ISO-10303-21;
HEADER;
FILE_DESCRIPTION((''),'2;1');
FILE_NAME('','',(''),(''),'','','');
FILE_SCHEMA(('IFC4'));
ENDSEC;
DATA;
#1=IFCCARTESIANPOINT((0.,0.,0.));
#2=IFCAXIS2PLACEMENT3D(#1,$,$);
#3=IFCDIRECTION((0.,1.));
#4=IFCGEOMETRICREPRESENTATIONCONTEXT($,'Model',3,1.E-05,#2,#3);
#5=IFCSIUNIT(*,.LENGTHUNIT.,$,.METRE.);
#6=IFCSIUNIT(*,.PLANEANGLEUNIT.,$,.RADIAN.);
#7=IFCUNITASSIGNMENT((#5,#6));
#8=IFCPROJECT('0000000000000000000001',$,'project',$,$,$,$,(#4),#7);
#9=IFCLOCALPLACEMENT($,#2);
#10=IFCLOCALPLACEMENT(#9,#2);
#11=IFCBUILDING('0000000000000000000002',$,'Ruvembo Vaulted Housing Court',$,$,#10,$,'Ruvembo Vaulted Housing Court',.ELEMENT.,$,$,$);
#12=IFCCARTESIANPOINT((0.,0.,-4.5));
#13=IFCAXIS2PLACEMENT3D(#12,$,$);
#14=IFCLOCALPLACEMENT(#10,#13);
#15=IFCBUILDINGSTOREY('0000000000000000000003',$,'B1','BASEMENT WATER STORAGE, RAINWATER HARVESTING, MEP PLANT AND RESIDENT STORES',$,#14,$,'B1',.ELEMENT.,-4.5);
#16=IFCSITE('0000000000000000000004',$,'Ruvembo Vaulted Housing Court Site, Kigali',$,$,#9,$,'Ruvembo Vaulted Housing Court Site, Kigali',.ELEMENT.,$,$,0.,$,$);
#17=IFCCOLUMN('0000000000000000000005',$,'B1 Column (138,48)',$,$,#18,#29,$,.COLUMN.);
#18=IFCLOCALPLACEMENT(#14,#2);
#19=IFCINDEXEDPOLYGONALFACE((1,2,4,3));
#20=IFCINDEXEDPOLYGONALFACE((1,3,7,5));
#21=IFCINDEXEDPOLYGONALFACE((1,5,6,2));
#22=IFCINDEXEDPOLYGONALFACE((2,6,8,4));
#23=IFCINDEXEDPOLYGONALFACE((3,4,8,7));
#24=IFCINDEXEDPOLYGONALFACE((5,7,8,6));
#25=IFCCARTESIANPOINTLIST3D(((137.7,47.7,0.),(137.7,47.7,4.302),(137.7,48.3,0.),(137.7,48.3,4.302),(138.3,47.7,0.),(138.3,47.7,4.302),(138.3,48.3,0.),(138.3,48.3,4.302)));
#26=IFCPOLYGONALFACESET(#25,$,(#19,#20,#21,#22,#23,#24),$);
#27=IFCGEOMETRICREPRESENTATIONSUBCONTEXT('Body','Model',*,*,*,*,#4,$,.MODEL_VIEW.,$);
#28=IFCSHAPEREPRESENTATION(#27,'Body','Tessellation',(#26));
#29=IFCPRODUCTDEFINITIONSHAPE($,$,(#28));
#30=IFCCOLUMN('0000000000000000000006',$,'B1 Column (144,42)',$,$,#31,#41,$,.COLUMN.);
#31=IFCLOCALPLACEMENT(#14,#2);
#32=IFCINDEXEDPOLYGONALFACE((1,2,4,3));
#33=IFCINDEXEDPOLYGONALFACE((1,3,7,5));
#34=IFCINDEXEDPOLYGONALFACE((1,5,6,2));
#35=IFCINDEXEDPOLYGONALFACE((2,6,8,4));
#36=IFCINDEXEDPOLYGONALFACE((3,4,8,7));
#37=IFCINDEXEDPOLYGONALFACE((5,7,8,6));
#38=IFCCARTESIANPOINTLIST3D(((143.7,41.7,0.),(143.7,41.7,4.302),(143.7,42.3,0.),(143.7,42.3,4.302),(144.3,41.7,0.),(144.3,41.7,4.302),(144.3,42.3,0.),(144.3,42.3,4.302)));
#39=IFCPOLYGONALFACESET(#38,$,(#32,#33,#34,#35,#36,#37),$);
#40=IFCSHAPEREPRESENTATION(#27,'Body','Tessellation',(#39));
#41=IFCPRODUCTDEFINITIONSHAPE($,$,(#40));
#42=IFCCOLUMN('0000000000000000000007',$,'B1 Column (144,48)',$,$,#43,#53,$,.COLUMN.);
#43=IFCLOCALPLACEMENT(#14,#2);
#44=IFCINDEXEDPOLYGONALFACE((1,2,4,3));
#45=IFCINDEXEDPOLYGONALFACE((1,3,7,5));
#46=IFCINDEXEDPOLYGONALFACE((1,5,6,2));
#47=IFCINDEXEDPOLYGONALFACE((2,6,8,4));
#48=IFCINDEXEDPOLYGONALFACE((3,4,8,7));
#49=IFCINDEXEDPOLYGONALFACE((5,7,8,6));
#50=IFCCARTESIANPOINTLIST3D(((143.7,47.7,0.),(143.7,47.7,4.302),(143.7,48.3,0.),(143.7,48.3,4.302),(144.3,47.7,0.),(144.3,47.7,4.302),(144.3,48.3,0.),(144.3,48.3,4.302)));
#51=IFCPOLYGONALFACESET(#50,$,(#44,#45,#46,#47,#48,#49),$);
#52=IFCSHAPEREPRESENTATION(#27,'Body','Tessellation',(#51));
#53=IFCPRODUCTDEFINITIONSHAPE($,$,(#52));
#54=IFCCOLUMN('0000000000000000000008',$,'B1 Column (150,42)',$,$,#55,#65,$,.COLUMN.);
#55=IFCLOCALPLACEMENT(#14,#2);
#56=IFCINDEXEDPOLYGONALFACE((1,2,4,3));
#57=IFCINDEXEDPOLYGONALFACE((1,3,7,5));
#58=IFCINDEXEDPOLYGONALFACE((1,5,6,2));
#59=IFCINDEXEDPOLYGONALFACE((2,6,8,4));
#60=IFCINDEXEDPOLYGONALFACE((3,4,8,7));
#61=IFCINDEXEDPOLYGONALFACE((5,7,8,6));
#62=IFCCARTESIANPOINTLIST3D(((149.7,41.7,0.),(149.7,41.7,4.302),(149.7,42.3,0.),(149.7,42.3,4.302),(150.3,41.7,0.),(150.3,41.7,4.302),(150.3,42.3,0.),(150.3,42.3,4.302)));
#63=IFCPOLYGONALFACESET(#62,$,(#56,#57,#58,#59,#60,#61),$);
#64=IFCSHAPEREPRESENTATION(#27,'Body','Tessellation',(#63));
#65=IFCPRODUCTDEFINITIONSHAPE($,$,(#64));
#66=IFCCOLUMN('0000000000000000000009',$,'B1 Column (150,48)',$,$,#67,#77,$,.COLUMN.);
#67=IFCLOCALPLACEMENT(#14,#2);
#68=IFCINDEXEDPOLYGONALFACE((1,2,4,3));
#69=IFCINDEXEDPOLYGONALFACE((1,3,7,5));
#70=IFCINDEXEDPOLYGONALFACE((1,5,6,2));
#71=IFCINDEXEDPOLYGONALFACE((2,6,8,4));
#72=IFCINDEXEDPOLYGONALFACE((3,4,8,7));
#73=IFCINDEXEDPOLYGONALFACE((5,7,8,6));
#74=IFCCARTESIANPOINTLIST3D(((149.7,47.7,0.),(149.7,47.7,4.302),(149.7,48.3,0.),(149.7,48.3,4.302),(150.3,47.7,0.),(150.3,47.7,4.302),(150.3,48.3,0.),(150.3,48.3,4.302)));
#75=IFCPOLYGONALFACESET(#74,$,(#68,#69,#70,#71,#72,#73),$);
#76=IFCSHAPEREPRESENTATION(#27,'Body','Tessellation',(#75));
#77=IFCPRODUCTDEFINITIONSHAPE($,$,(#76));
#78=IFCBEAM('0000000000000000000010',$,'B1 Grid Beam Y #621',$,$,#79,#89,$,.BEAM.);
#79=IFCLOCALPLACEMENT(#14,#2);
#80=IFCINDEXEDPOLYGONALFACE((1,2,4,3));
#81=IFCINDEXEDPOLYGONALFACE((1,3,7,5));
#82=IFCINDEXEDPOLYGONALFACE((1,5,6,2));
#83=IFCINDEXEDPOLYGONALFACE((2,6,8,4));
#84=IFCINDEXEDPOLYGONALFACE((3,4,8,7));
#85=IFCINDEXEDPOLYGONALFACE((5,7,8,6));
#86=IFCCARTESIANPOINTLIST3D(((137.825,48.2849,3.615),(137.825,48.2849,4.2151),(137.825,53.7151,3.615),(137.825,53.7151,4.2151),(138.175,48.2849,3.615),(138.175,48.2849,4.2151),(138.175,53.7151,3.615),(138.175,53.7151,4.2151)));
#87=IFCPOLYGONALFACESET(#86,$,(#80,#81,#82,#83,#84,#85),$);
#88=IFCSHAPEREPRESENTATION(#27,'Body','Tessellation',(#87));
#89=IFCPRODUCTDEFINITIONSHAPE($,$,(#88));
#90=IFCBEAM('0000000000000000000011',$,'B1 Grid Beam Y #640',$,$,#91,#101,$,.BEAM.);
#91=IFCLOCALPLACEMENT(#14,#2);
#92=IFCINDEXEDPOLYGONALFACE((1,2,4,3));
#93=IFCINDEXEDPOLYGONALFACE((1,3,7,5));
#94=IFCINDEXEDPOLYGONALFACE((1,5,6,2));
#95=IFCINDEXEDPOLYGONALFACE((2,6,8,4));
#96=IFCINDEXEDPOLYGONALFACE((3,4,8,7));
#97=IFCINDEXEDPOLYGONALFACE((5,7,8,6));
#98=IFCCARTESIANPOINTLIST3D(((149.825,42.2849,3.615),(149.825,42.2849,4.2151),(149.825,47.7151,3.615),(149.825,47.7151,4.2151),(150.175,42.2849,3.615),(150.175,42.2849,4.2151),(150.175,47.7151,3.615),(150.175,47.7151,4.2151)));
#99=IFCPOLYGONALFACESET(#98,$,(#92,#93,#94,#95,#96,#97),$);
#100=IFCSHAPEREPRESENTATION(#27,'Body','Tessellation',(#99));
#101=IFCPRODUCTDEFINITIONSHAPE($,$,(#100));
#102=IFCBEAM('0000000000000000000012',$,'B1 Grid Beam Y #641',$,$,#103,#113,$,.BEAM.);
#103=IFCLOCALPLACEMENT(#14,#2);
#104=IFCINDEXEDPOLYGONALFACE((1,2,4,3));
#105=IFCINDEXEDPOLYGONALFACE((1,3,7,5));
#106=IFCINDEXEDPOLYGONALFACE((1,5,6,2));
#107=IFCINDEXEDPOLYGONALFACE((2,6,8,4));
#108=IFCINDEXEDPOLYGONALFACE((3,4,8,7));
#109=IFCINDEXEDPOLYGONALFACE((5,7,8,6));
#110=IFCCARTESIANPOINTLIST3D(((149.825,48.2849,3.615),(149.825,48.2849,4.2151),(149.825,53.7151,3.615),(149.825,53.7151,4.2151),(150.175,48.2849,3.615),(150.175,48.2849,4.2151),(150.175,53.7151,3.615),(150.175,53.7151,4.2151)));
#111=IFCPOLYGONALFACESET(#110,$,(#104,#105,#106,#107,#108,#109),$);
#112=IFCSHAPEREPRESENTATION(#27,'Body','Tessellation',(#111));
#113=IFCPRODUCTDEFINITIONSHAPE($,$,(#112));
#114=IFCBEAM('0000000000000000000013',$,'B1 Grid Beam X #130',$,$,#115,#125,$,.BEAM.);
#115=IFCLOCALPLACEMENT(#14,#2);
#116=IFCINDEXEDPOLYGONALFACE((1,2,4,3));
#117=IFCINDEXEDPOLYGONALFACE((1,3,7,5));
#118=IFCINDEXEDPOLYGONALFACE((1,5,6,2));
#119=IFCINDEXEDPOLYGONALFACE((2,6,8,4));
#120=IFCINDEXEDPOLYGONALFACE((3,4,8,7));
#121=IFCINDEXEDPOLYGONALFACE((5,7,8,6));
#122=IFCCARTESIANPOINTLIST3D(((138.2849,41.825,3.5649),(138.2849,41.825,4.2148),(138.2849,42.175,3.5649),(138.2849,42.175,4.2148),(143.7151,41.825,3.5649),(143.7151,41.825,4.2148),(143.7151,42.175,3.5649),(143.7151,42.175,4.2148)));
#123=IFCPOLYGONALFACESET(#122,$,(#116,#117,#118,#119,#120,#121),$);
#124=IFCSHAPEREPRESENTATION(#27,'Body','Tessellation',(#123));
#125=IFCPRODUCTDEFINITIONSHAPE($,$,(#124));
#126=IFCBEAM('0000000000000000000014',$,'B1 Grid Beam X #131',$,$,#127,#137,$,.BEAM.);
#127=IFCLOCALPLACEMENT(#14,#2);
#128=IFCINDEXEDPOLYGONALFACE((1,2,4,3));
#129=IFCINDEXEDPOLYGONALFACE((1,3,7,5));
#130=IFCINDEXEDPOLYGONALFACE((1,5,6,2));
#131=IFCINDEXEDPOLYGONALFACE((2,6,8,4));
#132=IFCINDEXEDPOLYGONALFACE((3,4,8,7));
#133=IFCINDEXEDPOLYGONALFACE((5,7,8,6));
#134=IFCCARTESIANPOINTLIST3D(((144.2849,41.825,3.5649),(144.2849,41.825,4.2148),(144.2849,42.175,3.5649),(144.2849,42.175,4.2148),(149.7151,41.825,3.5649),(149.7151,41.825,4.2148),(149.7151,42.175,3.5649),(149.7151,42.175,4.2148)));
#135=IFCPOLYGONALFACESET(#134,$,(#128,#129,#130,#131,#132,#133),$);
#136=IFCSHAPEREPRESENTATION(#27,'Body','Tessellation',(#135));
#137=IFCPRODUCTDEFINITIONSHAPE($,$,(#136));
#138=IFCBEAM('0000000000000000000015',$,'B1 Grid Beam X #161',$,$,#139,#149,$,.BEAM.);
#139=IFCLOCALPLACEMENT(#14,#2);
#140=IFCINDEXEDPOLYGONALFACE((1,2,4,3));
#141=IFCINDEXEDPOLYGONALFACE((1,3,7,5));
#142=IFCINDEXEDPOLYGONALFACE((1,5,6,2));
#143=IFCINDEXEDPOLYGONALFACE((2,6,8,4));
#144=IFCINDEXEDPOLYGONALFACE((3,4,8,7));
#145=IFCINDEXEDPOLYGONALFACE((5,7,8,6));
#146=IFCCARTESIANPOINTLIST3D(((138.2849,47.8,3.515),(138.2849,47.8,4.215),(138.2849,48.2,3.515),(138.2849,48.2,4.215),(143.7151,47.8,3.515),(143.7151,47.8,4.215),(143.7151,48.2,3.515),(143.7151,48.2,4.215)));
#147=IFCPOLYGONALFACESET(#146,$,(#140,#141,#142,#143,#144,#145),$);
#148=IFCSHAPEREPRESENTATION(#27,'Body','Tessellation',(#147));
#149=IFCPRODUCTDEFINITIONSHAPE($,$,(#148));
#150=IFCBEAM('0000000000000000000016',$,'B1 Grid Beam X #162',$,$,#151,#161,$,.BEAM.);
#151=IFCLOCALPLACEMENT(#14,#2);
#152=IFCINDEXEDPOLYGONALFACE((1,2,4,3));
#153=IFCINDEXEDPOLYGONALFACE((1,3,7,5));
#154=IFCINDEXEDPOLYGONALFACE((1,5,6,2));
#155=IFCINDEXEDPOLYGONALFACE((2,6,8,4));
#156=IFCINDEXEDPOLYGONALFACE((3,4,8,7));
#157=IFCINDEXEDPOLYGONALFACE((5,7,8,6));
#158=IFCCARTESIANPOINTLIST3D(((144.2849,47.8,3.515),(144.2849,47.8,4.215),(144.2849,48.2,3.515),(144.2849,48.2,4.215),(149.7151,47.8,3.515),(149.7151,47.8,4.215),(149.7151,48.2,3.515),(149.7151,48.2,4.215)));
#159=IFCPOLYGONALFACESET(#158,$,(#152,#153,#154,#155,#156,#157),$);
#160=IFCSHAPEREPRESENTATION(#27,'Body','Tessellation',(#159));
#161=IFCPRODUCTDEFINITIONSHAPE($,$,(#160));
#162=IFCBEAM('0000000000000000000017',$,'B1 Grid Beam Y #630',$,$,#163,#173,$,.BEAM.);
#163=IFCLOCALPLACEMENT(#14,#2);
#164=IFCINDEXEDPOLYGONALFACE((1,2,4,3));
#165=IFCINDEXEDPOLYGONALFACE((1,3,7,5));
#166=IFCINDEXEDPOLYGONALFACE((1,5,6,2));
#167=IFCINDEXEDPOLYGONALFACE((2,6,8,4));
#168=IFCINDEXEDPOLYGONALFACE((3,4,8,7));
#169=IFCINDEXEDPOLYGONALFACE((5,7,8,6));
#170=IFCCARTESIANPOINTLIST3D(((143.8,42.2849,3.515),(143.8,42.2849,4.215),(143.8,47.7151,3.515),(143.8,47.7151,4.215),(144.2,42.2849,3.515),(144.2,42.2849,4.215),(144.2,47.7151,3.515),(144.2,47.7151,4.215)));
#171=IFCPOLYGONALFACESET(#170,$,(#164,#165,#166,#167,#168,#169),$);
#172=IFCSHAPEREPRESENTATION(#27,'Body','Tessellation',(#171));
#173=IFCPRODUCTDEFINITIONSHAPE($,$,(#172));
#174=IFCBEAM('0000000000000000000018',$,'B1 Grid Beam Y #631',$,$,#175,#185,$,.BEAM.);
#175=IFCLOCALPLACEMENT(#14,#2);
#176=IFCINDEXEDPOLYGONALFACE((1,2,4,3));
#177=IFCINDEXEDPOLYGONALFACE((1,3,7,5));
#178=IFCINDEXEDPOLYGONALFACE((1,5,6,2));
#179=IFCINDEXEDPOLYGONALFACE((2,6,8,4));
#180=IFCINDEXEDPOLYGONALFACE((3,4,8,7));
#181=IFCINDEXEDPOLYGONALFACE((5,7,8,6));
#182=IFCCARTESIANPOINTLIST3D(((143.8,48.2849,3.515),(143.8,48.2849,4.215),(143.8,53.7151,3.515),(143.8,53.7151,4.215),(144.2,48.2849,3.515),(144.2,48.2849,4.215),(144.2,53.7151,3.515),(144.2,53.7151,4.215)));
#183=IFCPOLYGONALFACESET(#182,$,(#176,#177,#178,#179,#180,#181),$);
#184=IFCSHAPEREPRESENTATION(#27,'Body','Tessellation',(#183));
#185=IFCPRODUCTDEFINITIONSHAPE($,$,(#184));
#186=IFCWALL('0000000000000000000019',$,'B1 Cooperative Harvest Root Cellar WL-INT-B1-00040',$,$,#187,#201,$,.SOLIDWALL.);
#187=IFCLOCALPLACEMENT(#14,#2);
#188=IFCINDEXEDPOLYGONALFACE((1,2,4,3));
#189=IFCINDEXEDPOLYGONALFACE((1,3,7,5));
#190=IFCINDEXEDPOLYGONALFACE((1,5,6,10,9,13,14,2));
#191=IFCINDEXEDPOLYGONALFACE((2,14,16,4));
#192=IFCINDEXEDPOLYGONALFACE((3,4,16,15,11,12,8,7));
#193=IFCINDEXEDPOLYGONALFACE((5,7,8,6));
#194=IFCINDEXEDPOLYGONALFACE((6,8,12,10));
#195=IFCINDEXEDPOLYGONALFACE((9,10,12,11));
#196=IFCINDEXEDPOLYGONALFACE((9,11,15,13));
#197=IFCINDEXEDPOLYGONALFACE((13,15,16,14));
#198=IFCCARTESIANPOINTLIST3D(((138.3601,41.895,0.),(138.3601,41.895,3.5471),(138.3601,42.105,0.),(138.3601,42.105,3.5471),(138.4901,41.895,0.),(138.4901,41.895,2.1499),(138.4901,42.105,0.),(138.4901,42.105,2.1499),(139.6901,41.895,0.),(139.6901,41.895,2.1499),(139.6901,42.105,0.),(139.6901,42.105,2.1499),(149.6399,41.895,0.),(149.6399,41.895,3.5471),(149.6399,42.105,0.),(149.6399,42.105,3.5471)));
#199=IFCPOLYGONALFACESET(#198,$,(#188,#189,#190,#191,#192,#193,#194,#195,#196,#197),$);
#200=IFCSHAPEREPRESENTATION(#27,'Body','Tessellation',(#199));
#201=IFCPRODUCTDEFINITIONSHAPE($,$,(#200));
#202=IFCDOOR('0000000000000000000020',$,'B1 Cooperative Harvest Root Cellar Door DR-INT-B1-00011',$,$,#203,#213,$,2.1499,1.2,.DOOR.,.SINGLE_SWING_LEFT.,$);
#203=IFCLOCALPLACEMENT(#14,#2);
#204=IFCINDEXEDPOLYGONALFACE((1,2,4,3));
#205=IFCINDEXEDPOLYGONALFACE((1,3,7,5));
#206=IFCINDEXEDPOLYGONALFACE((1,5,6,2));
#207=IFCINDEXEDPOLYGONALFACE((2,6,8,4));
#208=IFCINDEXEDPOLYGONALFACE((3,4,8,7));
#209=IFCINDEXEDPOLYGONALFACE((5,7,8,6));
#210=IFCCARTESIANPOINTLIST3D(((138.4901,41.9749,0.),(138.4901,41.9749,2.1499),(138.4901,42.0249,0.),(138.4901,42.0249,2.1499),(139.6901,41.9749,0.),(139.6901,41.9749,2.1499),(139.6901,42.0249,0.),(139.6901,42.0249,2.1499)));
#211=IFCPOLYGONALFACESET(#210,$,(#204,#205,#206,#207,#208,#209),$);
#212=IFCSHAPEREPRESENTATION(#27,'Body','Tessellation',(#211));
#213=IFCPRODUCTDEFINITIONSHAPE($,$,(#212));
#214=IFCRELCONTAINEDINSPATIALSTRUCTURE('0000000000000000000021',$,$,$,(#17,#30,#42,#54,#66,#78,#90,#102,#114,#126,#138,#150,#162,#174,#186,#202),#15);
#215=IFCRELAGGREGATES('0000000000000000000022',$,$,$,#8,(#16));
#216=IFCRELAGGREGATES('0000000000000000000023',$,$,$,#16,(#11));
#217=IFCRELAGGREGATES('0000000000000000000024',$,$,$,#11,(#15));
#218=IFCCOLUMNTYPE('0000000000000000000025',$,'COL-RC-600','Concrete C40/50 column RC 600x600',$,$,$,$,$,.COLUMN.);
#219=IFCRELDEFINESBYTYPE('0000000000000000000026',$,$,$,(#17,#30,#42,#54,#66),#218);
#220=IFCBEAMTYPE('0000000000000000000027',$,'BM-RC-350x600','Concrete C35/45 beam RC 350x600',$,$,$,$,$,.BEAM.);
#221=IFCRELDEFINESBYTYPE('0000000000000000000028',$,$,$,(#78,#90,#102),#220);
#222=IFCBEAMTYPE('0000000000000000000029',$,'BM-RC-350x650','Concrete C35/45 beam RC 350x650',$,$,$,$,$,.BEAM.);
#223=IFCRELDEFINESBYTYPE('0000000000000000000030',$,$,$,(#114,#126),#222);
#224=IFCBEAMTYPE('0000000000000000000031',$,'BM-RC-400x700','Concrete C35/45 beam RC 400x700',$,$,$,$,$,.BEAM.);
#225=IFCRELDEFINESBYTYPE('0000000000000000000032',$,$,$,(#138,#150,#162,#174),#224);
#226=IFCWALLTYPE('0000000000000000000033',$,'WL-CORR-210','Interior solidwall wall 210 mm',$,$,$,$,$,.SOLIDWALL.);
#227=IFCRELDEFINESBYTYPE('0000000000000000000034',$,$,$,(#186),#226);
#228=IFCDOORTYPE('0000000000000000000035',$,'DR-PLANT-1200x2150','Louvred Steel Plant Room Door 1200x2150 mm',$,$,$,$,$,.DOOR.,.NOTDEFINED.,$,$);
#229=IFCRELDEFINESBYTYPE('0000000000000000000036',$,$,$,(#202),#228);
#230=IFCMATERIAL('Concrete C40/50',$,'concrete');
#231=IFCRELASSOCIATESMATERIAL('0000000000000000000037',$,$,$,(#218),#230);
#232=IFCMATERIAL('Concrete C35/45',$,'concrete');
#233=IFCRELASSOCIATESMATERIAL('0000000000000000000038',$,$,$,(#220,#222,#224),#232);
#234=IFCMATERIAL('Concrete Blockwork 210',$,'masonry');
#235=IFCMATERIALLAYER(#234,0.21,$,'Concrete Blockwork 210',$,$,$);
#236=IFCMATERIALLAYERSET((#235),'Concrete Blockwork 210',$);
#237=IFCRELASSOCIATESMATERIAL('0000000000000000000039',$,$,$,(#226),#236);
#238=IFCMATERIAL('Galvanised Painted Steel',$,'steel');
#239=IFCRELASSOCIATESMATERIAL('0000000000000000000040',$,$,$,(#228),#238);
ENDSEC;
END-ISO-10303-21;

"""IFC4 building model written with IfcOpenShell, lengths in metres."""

from ifc_helpers import new_model, si_unit, direction, frame, frame_2d, origin, origin_2d, place, context, subcontext, project, spatial, rectangle, extrude, material, layer, layer_set, material_profile, profile_set, type_object, element, fill, save


model = new_model("IFC4")

# Units and contexts
model_context = context("Model", 3, precision=1e-05, world=origin(), true_north=direction((0.0, 1.0)))
body_context = subcontext(model_context, "Body", "Model", "MODEL_VIEW")
ifc_project = project(units=[si_unit("LENGTHUNIT", "METRE"), si_unit("PLANEANGLEUNIT", "RADIAN")], contexts=[model_context])

# Site, building, storey
site_placement = place(None, origin())
site = spatial("IfcSite", under=ifc_project, at=site_placement, Name="Ruvembo Vaulted Housing Court Site, Kigali", LongName="Ruvembo Vaulted Housing Court Site, Kigali", CompositionType="ELEMENT", RefElevation=0.0)
building_placement = place(site_placement, origin())
building = spatial("IfcBuilding", under=site, at=building_placement, Name="Ruvembo Vaulted Housing Court", LongName="Ruvembo Vaulted Housing Court", CompositionType="ELEMENT")
storey_placement = place(building_placement, frame((0.0, 0.0, -4.5)))
storey = spatial("IfcBuildingStorey", under=building, at=storey_placement, Name="B1", Description="BASEMENT WATER STORAGE, RAINWATER HARVESTING, MEP PLANT AND RESIDENT STORES", LongName="B1", CompositionType="ELEMENT", Elevation=-4.5)

# Shared definitions
ifc_material_1 = material(Name="Concrete C35/45", Category="concrete")

# Columns
ifc_material_2 = material(Name="Concrete C40/50", Category="concrete")
ifc_material_profile_1 = material_profile(ifc_material_2, rectangle(XDim=0.6001, YDim=0.6001, at=origin_2d()), Name="RC 600x600")
ifc_profile_set_1 = profile_set([ifc_material_profile_1], Name="Concrete C40/50")
column_type = type_object("IfcColumnType", Name="COL-RC-600", Description="Concrete C40/50 column RC 600x600", PredefinedType="COLUMN", material=ifc_profile_set_1)
for number, where, z_axis, x_axis, name in (
    (1, (138.0, 48.0, 0.0), (0.0, 0.0, 1.0), (1.0, 0.0, 0.0), "B1 Column (138,48)"),
    (2, (144.0, 42.0, 0.0), (0.0, 0.0, 1.0), (1.0, 0.0, 0.0), "B1 Column (144,42)"),
    (3, (144.0, 48.0, 0.0), (0.0, 0.0, 1.0), (1.0, 0.0, 0.0), "B1 Column (144,48)"),
    (4, (150.0, 42.0, 0.0), (0.0, 0.0, 1.0), (1.0, 0.0, 0.0), "B1 Column (150,42)"),
    (5, (150.0, 48.0, 0.0), (0.0, 0.0, 1.0), (1.0, 0.0, 0.0), "B1 Column (150,48)"),
):
    element("IfcColumn", number, at=place(storey_placement, frame(where, z_axis=z_axis, x_axis=x_axis)), inside=storey, type_object=column_type, Name=name, PredefinedType="COLUMN", context=body_context, shape_type="SweptSolid", body=[
        extrude(rectangle(XDim=0.6001, YDim=0.6001, at=origin_2d()), origin(), (0.0, 0.0, 1.0), 4.302),
    ])

# Beams
ifc_material_profile_2 = material_profile(ifc_material_1, rectangle(XDim=0.3501, YDim=0.6001, at=origin_2d()), Name="RC 350x600")
ifc_profile_set_2 = profile_set([ifc_material_profile_2], Name="Concrete C35/45")
beam_type_1 = type_object("IfcBeamType", Name="BM-RC-350x600", Description="Concrete C35/45 beam RC 350x600", PredefinedType="BEAM", material=ifc_profile_set_2)
for number, where, z_axis, x_axis, name in (
    (6, (138.0, 48.2849, 3.915), (0.0, 1.0, 0.0), (-1.0, 0.0, 0.0), "B1 Grid Beam Y #621"),
    (7, (150.0, 42.2849, 3.915), (0.0, 1.0, 0.0), (-1.0, 0.0, 0.0), "B1 Grid Beam Y #640"),
    (8, (150.0, 48.2849, 3.915), (0.0, 1.0, 0.0), (-1.0, 0.0, 0.0), "B1 Grid Beam Y #641"),
):
    element("IfcBeam", number, at=place(storey_placement, frame(where, z_axis=z_axis, x_axis=x_axis)), inside=storey, type_object=beam_type_1, Name=name, PredefinedType="BEAM", context=body_context, shape_type="SweptSolid", body=[
        extrude(rectangle(XDim=0.3501, YDim=0.6001, at=origin_2d()), origin(), (0.0, 0.0, 1.0), 5.4302),
    ])
ifc_material_profile_3 = material_profile(ifc_material_1, rectangle(XDim=0.3501, YDim=0.6499, at=origin_2d()), Name="RC 350x650")
ifc_profile_set_3 = profile_set([ifc_material_profile_3], Name="Concrete C35/45")
beam_type_2 = type_object("IfcBeamType", Name="BM-RC-350x650", Description="Concrete C35/45 beam RC 350x650", PredefinedType="BEAM", material=ifc_profile_set_3)
for number, where, z_axis, x_axis, name in (
    (9, (138.2849, 42.0, 3.8899), (1.0, 0.0, 0.0), (0.0, 1.0, 0.0), "B1 Grid Beam X #130"),
    (10, (144.2849, 42.0, 3.8899), (1.0, 0.0, 0.0), (0.0, 1.0, 0.0), "B1 Grid Beam X #131"),
):
    element("IfcBeam", number, at=place(storey_placement, frame(where, z_axis=z_axis, x_axis=x_axis)), inside=storey, type_object=beam_type_2, Name=name, PredefinedType="BEAM", context=body_context, shape_type="SweptSolid", body=[
        extrude(rectangle(XDim=0.3501, YDim=0.6499, at=origin_2d()), origin(), (0.0, 0.0, 1.0), 5.4302),
    ])
ifc_material_profile_4 = material_profile(ifc_material_1, rectangle(XDim=0.3999, YDim=0.7, at=origin_2d()), Name="RC 400x700")
ifc_profile_set_4 = profile_set([ifc_material_profile_4], Name="Concrete C35/45")
beam_type_3 = type_object("IfcBeamType", Name="BM-RC-400x700", Description="Concrete C35/45 beam RC 400x700", PredefinedType="BEAM", material=ifc_profile_set_4)
for number, where, z_axis, x_axis, name in (
    (11, (138.2849, 48.0, 3.865), (1.0, 0.0, 0.0), (0.0, 1.0, 0.0), "B1 Grid Beam X #161"),
    (12, (144.2849, 48.0, 3.865), (1.0, 0.0, 0.0), (0.0, 1.0, 0.0), "B1 Grid Beam X #162"),
    (13, (144.0, 42.2849, 3.865), (0.0, 1.0, 0.0), (-1.0, 0.0, 0.0), "B1 Grid Beam Y #630"),
    (14, (144.0, 48.2849, 3.865), (0.0, 1.0, 0.0), (-1.0, 0.0, 0.0), "B1 Grid Beam Y #631"),
):
    element("IfcBeam", number, at=place(storey_placement, frame(where, z_axis=z_axis, x_axis=x_axis)), inside=storey, type_object=beam_type_3, Name=name, PredefinedType="BEAM", context=body_context, shape_type="SweptSolid", body=[
        extrude(rectangle(XDim=0.3999, YDim=0.7, at=origin_2d()), origin(), (0.0, 0.0, 1.0), 5.4302),
    ])

# Wall, opening, door
ifc_material_3 = material(Name="Concrete Blockwork 210", Category="masonry")
ifc_layer = layer(ifc_material_3, 0.21, Name="Concrete Blockwork 210")
ifc_layer_set = layer_set([ifc_layer], Name="Concrete Blockwork 210")
wall_type = type_object("IfcWallType", Name="WL-CORR-210", Description="Interior solidwall wall 210 mm", PredefinedType="SOLIDWALL", material=ifc_layer_set)
wall_placement = place(storey_placement, frame((138.3601, 42.0, 0.0), z_axis=(0.0, 0.0, 1.0), x_axis=(1.0, 0.0, 0.0)))
wall = element("IfcWall", 15, at=wall_placement, inside=storey, type_object=wall_type, Name="B1 Cooperative Harvest Root Cellar WL-INT-B1-00040", PredefinedType="SOLIDWALL", context=body_context, shape_type="SweptSolid", body=[
    extrude(rectangle(XDim=11.2798, YDim=0.21, at=frame_2d((5.6399, 0.0))), origin(), (0.0, 0.0, 1.0), 3.5471),
])
opening_placement = place(wall_placement, frame((0.1299, 0.0, 0.0)))
opening = element("IfcOpeningElement", 16, at=opening_placement, cuts=wall, PredefinedType="OPENING", context=body_context, shape_type="SweptSolid", body=[
    extrude(rectangle(XDim=1.2, YDim=2.1499, at=frame_2d((0.6001, 1.075))), frame((0.0, 0.115, 0.0), z_axis=(0.0, -1.0, 0.0), x_axis=(1.0, 0.0, 0.0)), (0.0, 0.0, 1.0), 0.23),
])
ifc_material_4 = material(Name="Galvanised Painted Steel", Category="steel")
door_type = type_object("IfcDoorType", Name="DR-PLANT-1200x2150", Description="Louvred Steel Plant Room Door 1200x2150 mm", OperationType="NOTDEFINED", PredefinedType="DOOR", material=ifc_material_4)
door_placement = place(opening_placement, origin())
door = element("IfcDoor", 17, at=door_placement, inside=storey, type_object=door_type, Name="B1 Cooperative Harvest Root Cellar Door DR-INT-B1-00011", OperationType="SINGLE_SWING_LEFT", OverallHeight=2.1499, OverallWidth=1.2, PredefinedType="DOOR", context=body_context, shape_type="SweptSolid", body=[
    extrude(rectangle(XDim=1.2, YDim=2.1499, at=frame_2d((0.6001, 1.075))), frame((0.0, 0.0249, 0.0), z_axis=(0.0, -1.0, 0.0), x_axis=(1.0, 0.0, 0.0)), (0.0, 0.0, 1.0), 0.05),
])
fill(opening, door)

save(model, "model.ifc")
